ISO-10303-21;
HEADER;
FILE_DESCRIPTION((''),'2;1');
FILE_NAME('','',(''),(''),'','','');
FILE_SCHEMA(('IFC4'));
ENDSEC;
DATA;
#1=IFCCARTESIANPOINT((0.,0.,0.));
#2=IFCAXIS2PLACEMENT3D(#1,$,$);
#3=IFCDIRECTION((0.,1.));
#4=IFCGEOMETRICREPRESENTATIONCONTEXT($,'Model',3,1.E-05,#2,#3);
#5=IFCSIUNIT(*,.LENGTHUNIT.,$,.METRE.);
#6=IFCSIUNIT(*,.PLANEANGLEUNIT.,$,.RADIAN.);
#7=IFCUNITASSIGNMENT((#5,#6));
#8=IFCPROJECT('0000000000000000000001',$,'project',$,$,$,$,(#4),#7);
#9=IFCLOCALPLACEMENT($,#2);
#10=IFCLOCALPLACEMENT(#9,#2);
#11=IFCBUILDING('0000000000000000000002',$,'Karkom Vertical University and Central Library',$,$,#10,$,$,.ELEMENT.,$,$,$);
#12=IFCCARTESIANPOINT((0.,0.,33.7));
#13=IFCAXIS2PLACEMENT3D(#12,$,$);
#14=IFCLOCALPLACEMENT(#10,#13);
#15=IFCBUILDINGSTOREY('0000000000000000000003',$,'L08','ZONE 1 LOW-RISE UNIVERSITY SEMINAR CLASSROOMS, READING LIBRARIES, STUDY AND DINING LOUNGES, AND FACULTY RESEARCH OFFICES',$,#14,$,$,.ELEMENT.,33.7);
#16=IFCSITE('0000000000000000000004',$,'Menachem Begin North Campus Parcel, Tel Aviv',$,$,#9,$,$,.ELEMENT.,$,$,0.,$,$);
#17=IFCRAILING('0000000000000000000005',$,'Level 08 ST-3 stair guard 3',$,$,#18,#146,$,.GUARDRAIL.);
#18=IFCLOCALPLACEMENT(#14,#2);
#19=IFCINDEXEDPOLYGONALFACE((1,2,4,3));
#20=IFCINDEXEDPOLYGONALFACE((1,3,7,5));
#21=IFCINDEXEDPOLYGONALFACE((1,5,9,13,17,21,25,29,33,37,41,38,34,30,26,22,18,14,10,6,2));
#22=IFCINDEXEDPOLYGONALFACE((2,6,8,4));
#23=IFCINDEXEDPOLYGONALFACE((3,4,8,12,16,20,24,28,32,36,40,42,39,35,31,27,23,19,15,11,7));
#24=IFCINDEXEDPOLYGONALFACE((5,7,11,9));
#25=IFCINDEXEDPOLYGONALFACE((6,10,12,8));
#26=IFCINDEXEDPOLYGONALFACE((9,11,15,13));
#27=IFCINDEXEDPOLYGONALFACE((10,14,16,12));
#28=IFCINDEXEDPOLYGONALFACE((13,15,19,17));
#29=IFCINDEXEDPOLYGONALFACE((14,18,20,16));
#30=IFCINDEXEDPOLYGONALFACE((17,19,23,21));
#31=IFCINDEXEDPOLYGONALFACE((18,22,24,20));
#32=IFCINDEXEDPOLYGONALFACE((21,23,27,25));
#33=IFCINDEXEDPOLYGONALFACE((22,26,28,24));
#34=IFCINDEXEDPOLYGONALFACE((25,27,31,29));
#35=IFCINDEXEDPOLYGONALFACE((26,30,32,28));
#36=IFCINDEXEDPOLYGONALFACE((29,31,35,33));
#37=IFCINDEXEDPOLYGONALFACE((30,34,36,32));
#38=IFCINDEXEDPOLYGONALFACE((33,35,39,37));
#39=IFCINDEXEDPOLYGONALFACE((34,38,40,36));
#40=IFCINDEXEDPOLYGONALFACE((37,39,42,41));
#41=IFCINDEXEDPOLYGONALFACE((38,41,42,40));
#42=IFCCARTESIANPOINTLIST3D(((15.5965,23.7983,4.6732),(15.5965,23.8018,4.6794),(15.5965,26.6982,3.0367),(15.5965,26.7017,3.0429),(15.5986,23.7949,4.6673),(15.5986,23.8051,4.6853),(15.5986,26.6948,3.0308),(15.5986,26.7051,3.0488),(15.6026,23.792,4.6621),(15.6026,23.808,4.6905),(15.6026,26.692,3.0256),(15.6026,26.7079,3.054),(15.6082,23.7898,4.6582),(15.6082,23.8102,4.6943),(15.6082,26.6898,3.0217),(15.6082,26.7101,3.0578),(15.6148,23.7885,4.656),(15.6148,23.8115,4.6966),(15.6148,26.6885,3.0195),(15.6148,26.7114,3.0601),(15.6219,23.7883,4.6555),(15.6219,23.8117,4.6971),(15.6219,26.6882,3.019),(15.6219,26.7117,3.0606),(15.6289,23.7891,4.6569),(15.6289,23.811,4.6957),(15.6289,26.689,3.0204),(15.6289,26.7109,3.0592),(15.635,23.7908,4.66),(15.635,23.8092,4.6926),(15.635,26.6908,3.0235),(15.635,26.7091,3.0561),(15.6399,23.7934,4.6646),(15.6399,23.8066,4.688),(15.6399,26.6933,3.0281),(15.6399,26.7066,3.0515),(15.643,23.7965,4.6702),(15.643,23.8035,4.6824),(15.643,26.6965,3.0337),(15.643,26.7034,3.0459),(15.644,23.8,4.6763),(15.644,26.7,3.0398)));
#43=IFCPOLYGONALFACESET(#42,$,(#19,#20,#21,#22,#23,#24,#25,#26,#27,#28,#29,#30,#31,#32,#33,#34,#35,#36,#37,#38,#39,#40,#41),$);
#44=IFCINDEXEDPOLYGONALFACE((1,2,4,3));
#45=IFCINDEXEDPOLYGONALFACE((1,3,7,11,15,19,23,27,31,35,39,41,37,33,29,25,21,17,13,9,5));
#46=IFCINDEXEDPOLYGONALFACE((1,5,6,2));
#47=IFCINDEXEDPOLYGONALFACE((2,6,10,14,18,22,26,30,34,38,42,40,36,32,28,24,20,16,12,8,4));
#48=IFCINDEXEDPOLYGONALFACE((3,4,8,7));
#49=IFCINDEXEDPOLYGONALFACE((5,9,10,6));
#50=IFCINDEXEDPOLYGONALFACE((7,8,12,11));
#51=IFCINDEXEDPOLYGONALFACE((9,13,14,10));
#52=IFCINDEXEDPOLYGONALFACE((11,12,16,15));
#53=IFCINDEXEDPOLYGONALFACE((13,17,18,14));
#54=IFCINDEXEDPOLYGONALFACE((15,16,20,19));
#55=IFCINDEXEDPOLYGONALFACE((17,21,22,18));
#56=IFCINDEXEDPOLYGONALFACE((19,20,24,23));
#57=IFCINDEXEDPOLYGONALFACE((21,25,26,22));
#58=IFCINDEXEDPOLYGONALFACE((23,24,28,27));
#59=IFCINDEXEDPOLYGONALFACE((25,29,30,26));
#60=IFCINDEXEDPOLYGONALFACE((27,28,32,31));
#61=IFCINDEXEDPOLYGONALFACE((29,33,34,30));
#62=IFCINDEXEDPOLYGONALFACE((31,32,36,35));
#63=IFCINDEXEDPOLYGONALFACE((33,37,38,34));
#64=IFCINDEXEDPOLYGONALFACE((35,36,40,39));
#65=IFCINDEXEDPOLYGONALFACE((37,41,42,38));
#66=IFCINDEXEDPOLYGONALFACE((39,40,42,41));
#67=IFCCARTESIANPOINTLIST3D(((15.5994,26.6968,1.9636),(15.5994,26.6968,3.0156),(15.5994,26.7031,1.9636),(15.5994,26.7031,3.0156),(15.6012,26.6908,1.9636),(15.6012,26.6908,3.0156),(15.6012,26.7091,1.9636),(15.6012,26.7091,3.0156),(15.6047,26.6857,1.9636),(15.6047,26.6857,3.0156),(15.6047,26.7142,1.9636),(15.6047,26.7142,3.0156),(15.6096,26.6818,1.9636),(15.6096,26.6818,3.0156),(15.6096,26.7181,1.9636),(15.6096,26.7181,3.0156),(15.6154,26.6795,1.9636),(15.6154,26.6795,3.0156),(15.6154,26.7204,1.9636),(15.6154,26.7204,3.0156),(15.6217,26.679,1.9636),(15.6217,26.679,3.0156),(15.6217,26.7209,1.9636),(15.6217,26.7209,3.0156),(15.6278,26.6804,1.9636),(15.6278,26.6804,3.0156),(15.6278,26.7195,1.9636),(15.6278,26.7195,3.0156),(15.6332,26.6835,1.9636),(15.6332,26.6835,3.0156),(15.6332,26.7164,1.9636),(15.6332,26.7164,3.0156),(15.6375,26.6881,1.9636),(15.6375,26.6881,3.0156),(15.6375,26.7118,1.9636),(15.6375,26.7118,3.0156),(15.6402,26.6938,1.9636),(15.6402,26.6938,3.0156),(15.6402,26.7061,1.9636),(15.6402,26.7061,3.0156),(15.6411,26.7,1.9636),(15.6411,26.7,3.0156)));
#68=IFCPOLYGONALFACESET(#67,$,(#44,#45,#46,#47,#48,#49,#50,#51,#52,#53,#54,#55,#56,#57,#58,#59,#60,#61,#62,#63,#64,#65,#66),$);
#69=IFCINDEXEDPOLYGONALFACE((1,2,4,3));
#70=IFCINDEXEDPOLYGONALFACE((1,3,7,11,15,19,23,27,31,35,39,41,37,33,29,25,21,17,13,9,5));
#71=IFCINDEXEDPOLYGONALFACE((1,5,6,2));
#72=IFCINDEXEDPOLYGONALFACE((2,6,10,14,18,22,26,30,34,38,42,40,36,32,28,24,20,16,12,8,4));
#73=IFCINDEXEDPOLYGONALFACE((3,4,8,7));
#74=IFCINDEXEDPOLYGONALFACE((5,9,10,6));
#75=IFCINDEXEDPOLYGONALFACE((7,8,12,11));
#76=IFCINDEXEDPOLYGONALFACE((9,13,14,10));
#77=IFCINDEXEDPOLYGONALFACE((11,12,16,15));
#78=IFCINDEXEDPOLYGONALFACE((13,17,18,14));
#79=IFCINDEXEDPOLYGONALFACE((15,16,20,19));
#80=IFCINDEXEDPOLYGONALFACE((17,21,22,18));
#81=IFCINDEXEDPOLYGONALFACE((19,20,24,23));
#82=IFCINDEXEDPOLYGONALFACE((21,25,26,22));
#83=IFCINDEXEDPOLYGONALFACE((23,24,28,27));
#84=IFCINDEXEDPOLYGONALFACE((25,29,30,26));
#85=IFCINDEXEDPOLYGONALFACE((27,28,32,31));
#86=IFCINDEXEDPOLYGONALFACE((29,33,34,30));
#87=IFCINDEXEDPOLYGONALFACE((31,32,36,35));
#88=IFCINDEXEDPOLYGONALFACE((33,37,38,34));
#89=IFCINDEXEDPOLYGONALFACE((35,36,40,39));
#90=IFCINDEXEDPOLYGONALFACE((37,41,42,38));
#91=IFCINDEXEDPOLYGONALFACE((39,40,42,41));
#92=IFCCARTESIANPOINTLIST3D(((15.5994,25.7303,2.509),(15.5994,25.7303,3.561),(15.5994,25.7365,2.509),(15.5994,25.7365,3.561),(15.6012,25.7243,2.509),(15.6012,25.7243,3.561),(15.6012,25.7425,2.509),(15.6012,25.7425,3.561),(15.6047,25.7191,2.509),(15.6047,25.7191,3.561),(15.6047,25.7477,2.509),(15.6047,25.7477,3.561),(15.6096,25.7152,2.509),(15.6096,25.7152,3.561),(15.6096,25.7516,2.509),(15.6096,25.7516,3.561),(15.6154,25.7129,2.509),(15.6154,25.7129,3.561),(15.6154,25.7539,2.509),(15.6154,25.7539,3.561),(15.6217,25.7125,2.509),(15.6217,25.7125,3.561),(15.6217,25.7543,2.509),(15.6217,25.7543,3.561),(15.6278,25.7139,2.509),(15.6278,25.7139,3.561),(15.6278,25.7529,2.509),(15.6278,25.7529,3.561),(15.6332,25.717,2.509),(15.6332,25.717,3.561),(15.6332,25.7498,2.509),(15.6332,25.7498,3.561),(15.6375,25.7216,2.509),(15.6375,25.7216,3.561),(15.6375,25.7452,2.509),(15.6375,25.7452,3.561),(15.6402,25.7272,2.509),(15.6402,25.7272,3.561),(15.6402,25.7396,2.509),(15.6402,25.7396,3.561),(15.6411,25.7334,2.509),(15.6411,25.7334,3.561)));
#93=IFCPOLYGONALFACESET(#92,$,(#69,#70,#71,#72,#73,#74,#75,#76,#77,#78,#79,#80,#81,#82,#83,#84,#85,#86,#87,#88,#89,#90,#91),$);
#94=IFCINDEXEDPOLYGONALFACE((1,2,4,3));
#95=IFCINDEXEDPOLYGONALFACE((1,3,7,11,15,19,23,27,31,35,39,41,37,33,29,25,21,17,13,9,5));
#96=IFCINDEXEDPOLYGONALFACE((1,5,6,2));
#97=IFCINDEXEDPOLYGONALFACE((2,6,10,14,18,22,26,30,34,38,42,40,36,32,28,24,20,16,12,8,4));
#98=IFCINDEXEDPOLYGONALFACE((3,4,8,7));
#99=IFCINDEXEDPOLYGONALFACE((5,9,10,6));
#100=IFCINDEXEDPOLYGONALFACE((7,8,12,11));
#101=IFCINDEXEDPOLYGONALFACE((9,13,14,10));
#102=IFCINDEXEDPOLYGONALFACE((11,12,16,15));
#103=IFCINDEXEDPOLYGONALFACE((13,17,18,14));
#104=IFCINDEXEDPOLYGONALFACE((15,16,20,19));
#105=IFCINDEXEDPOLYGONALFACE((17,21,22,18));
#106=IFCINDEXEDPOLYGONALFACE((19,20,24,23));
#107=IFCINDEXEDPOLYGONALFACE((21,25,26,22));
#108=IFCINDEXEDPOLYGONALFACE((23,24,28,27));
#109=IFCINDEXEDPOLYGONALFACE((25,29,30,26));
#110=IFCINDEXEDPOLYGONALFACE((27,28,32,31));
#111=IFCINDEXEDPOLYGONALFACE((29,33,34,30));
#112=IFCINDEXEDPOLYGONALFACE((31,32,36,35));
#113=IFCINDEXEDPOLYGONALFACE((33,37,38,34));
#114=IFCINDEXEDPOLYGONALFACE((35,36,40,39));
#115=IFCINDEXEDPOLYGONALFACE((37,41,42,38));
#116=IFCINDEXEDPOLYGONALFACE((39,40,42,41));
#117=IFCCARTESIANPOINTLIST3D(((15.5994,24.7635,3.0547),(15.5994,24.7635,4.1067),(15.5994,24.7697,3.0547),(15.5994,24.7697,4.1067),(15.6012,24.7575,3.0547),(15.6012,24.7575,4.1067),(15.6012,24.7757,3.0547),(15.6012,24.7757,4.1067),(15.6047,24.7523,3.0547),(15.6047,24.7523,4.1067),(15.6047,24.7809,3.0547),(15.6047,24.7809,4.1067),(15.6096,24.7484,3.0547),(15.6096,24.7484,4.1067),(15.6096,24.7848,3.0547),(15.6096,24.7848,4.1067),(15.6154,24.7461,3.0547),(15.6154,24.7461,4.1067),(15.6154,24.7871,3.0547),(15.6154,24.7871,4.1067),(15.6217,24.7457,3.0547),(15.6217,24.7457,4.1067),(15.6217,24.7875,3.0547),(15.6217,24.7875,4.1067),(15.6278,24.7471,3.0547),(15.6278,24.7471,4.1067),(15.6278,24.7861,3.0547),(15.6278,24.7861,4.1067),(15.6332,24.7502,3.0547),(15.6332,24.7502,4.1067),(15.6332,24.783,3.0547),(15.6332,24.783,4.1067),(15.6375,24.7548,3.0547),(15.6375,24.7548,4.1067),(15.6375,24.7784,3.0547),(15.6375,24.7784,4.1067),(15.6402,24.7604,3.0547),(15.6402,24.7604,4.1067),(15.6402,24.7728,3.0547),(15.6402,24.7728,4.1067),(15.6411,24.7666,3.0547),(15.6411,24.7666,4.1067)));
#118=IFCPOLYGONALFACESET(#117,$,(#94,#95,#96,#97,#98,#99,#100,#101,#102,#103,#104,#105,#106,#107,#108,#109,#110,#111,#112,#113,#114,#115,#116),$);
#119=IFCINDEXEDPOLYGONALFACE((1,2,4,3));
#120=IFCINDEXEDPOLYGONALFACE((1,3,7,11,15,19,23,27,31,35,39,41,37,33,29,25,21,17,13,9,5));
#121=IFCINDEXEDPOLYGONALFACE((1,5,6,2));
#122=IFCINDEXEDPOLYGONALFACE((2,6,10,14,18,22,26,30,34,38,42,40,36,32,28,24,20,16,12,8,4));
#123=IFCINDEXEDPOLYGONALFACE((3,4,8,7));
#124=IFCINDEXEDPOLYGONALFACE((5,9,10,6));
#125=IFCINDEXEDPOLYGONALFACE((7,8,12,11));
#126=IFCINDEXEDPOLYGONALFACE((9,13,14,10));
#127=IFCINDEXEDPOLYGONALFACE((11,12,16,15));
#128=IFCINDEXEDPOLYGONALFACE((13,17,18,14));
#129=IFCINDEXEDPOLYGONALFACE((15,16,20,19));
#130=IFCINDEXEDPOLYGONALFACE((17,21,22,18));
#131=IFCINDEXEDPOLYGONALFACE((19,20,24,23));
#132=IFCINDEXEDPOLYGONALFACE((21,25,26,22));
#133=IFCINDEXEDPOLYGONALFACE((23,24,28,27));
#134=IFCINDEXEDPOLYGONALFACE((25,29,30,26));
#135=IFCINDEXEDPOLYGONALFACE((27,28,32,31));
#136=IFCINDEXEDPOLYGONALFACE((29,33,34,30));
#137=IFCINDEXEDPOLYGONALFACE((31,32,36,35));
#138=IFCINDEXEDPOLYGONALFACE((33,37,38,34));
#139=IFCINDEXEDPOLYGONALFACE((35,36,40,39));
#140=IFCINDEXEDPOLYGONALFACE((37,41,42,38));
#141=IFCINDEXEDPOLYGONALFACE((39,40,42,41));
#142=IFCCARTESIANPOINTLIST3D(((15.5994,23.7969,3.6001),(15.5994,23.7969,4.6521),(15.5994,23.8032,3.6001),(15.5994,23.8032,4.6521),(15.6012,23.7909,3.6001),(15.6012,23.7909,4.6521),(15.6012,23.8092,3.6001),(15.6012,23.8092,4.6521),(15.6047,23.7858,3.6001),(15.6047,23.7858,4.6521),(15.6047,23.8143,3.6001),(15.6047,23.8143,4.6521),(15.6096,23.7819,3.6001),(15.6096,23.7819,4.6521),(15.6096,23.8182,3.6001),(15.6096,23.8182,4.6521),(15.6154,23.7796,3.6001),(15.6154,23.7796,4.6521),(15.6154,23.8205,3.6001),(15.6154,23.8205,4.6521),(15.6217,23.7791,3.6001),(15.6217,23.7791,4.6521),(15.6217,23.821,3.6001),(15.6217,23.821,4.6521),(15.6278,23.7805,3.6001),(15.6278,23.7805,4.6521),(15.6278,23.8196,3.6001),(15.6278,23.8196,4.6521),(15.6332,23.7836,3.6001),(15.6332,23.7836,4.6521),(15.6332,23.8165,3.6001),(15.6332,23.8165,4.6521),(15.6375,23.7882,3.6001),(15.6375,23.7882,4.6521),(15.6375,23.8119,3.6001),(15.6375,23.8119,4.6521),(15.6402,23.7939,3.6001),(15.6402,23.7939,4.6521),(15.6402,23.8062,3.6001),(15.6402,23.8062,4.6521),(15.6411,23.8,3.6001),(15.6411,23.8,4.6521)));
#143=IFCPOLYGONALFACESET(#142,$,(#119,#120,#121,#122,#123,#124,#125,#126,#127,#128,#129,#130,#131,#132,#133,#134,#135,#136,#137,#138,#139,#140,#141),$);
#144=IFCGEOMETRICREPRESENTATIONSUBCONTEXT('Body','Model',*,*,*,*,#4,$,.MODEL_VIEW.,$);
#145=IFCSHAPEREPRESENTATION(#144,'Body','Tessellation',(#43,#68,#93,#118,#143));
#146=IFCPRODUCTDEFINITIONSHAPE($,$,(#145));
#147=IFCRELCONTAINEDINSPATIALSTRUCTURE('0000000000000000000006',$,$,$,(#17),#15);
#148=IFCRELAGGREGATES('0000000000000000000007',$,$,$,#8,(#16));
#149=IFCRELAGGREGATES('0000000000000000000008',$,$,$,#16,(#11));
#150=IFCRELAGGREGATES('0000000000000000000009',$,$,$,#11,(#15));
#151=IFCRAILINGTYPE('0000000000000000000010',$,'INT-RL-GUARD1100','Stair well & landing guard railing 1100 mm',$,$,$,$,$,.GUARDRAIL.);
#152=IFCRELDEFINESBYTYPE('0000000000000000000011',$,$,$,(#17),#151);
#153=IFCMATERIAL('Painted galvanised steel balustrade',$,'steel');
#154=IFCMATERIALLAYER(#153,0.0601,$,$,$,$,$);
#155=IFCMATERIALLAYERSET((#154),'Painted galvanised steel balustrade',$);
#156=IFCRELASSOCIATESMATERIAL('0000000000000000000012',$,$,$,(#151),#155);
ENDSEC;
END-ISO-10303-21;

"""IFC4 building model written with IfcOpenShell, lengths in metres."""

from ifc_helpers import new_model, si_unit, direction, frame, origin, origin_2d, place, context, subcontext, project, spatial, circle, extrude, material, layer, layer_set, type_object, element, save


model = new_model("IFC4")

# Units and contexts
model_context = context("Model", 3, precision=1e-05, world=origin(), true_north=direction((0.0, 1.0)))
body_context = subcontext(model_context, "Body", "Model", "MODEL_VIEW")
ifc_project = project(units=[si_unit("LENGTHUNIT", "METRE"), si_unit("PLANEANGLEUNIT", "RADIAN")], contexts=[model_context])

# Site, building, storey
site_placement = place(None, origin())
site = spatial("IfcSite", under=ifc_project, at=site_placement, Name="Menachem Begin North Campus Parcel, Tel Aviv", CompositionType="ELEMENT", RefElevation=0.0)
building_placement = place(site_placement, origin())
building = spatial("IfcBuilding", under=site, at=building_placement, Name="Karkom Vertical University and Central Library", CompositionType="ELEMENT")
storey_placement = place(building_placement, frame((0.0, 0.0, 33.7)))
storey = spatial("IfcBuildingStorey", under=building, at=storey_placement, Name="L08", Description="ZONE 1 LOW-RISE UNIVERSITY SEMINAR CLASSROOMS, READING LIBRARIES, STUDY AND DINING LOUNGES, AND FACULTY RESEARCH OFFICES", CompositionType="ELEMENT", Elevation=33.7)

# Railing
ifc_material_1 = material(Name="Painted galvanised steel balustrade", Category="steel")
ifc_layer_1 = layer(ifc_material_1, 0.0601)
ifc_layer_set_1 = layer_set([ifc_layer_1], Name="Painted galvanised steel balustrade")
railing_type_1 = type_object("IfcRailingType", Name="INT-RL-GUARD1100", Description="Stair well & landing guard railing 1100 mm", PredefinedType="GUARDRAIL", material=ifc_layer_set_1)
railing_1_placement = place(storey_placement, frame((15.6201, 26.7, 1.9636)))
element("IfcRailing", 1, at=railing_1_placement, inside=storey, type_object=railing_type_1, Name="Level 08 ST-3 stair guard 3", PredefinedType="GUARDRAIL", context=body_context, shape_type="SweptSolid", body=[
    extrude(circle(Radius=0.0239, at=origin_2d()), frame((0.0, 0.0, 1.0762), z_axis=(0.0, -0.870897, 0.491465), x_axis=(1.0, 0.0, 0.0)), (0.0, 0.0, 1.0), 3.3298),
    extrude(circle(Radius=0.021, at=origin_2d()), origin(), (0.0, 0.0, 1.0), 1.052),
    extrude(circle(Radius=0.021, at=origin_2d()), frame((0.0, -0.9666, 0.5454)), (0.0, 0.0, 1.0), 1.052),
    extrude(circle(Radius=0.021, at=origin_2d()), frame((0.0, -1.9333, 1.0911)), (0.0, 0.0, 1.0), 1.052),
    extrude(circle(Radius=0.021, at=origin_2d()), frame((0.0, -2.8999, 1.6365)), (0.0, 0.0, 1.0), 1.052),
])

save(model, "model.ifc")
